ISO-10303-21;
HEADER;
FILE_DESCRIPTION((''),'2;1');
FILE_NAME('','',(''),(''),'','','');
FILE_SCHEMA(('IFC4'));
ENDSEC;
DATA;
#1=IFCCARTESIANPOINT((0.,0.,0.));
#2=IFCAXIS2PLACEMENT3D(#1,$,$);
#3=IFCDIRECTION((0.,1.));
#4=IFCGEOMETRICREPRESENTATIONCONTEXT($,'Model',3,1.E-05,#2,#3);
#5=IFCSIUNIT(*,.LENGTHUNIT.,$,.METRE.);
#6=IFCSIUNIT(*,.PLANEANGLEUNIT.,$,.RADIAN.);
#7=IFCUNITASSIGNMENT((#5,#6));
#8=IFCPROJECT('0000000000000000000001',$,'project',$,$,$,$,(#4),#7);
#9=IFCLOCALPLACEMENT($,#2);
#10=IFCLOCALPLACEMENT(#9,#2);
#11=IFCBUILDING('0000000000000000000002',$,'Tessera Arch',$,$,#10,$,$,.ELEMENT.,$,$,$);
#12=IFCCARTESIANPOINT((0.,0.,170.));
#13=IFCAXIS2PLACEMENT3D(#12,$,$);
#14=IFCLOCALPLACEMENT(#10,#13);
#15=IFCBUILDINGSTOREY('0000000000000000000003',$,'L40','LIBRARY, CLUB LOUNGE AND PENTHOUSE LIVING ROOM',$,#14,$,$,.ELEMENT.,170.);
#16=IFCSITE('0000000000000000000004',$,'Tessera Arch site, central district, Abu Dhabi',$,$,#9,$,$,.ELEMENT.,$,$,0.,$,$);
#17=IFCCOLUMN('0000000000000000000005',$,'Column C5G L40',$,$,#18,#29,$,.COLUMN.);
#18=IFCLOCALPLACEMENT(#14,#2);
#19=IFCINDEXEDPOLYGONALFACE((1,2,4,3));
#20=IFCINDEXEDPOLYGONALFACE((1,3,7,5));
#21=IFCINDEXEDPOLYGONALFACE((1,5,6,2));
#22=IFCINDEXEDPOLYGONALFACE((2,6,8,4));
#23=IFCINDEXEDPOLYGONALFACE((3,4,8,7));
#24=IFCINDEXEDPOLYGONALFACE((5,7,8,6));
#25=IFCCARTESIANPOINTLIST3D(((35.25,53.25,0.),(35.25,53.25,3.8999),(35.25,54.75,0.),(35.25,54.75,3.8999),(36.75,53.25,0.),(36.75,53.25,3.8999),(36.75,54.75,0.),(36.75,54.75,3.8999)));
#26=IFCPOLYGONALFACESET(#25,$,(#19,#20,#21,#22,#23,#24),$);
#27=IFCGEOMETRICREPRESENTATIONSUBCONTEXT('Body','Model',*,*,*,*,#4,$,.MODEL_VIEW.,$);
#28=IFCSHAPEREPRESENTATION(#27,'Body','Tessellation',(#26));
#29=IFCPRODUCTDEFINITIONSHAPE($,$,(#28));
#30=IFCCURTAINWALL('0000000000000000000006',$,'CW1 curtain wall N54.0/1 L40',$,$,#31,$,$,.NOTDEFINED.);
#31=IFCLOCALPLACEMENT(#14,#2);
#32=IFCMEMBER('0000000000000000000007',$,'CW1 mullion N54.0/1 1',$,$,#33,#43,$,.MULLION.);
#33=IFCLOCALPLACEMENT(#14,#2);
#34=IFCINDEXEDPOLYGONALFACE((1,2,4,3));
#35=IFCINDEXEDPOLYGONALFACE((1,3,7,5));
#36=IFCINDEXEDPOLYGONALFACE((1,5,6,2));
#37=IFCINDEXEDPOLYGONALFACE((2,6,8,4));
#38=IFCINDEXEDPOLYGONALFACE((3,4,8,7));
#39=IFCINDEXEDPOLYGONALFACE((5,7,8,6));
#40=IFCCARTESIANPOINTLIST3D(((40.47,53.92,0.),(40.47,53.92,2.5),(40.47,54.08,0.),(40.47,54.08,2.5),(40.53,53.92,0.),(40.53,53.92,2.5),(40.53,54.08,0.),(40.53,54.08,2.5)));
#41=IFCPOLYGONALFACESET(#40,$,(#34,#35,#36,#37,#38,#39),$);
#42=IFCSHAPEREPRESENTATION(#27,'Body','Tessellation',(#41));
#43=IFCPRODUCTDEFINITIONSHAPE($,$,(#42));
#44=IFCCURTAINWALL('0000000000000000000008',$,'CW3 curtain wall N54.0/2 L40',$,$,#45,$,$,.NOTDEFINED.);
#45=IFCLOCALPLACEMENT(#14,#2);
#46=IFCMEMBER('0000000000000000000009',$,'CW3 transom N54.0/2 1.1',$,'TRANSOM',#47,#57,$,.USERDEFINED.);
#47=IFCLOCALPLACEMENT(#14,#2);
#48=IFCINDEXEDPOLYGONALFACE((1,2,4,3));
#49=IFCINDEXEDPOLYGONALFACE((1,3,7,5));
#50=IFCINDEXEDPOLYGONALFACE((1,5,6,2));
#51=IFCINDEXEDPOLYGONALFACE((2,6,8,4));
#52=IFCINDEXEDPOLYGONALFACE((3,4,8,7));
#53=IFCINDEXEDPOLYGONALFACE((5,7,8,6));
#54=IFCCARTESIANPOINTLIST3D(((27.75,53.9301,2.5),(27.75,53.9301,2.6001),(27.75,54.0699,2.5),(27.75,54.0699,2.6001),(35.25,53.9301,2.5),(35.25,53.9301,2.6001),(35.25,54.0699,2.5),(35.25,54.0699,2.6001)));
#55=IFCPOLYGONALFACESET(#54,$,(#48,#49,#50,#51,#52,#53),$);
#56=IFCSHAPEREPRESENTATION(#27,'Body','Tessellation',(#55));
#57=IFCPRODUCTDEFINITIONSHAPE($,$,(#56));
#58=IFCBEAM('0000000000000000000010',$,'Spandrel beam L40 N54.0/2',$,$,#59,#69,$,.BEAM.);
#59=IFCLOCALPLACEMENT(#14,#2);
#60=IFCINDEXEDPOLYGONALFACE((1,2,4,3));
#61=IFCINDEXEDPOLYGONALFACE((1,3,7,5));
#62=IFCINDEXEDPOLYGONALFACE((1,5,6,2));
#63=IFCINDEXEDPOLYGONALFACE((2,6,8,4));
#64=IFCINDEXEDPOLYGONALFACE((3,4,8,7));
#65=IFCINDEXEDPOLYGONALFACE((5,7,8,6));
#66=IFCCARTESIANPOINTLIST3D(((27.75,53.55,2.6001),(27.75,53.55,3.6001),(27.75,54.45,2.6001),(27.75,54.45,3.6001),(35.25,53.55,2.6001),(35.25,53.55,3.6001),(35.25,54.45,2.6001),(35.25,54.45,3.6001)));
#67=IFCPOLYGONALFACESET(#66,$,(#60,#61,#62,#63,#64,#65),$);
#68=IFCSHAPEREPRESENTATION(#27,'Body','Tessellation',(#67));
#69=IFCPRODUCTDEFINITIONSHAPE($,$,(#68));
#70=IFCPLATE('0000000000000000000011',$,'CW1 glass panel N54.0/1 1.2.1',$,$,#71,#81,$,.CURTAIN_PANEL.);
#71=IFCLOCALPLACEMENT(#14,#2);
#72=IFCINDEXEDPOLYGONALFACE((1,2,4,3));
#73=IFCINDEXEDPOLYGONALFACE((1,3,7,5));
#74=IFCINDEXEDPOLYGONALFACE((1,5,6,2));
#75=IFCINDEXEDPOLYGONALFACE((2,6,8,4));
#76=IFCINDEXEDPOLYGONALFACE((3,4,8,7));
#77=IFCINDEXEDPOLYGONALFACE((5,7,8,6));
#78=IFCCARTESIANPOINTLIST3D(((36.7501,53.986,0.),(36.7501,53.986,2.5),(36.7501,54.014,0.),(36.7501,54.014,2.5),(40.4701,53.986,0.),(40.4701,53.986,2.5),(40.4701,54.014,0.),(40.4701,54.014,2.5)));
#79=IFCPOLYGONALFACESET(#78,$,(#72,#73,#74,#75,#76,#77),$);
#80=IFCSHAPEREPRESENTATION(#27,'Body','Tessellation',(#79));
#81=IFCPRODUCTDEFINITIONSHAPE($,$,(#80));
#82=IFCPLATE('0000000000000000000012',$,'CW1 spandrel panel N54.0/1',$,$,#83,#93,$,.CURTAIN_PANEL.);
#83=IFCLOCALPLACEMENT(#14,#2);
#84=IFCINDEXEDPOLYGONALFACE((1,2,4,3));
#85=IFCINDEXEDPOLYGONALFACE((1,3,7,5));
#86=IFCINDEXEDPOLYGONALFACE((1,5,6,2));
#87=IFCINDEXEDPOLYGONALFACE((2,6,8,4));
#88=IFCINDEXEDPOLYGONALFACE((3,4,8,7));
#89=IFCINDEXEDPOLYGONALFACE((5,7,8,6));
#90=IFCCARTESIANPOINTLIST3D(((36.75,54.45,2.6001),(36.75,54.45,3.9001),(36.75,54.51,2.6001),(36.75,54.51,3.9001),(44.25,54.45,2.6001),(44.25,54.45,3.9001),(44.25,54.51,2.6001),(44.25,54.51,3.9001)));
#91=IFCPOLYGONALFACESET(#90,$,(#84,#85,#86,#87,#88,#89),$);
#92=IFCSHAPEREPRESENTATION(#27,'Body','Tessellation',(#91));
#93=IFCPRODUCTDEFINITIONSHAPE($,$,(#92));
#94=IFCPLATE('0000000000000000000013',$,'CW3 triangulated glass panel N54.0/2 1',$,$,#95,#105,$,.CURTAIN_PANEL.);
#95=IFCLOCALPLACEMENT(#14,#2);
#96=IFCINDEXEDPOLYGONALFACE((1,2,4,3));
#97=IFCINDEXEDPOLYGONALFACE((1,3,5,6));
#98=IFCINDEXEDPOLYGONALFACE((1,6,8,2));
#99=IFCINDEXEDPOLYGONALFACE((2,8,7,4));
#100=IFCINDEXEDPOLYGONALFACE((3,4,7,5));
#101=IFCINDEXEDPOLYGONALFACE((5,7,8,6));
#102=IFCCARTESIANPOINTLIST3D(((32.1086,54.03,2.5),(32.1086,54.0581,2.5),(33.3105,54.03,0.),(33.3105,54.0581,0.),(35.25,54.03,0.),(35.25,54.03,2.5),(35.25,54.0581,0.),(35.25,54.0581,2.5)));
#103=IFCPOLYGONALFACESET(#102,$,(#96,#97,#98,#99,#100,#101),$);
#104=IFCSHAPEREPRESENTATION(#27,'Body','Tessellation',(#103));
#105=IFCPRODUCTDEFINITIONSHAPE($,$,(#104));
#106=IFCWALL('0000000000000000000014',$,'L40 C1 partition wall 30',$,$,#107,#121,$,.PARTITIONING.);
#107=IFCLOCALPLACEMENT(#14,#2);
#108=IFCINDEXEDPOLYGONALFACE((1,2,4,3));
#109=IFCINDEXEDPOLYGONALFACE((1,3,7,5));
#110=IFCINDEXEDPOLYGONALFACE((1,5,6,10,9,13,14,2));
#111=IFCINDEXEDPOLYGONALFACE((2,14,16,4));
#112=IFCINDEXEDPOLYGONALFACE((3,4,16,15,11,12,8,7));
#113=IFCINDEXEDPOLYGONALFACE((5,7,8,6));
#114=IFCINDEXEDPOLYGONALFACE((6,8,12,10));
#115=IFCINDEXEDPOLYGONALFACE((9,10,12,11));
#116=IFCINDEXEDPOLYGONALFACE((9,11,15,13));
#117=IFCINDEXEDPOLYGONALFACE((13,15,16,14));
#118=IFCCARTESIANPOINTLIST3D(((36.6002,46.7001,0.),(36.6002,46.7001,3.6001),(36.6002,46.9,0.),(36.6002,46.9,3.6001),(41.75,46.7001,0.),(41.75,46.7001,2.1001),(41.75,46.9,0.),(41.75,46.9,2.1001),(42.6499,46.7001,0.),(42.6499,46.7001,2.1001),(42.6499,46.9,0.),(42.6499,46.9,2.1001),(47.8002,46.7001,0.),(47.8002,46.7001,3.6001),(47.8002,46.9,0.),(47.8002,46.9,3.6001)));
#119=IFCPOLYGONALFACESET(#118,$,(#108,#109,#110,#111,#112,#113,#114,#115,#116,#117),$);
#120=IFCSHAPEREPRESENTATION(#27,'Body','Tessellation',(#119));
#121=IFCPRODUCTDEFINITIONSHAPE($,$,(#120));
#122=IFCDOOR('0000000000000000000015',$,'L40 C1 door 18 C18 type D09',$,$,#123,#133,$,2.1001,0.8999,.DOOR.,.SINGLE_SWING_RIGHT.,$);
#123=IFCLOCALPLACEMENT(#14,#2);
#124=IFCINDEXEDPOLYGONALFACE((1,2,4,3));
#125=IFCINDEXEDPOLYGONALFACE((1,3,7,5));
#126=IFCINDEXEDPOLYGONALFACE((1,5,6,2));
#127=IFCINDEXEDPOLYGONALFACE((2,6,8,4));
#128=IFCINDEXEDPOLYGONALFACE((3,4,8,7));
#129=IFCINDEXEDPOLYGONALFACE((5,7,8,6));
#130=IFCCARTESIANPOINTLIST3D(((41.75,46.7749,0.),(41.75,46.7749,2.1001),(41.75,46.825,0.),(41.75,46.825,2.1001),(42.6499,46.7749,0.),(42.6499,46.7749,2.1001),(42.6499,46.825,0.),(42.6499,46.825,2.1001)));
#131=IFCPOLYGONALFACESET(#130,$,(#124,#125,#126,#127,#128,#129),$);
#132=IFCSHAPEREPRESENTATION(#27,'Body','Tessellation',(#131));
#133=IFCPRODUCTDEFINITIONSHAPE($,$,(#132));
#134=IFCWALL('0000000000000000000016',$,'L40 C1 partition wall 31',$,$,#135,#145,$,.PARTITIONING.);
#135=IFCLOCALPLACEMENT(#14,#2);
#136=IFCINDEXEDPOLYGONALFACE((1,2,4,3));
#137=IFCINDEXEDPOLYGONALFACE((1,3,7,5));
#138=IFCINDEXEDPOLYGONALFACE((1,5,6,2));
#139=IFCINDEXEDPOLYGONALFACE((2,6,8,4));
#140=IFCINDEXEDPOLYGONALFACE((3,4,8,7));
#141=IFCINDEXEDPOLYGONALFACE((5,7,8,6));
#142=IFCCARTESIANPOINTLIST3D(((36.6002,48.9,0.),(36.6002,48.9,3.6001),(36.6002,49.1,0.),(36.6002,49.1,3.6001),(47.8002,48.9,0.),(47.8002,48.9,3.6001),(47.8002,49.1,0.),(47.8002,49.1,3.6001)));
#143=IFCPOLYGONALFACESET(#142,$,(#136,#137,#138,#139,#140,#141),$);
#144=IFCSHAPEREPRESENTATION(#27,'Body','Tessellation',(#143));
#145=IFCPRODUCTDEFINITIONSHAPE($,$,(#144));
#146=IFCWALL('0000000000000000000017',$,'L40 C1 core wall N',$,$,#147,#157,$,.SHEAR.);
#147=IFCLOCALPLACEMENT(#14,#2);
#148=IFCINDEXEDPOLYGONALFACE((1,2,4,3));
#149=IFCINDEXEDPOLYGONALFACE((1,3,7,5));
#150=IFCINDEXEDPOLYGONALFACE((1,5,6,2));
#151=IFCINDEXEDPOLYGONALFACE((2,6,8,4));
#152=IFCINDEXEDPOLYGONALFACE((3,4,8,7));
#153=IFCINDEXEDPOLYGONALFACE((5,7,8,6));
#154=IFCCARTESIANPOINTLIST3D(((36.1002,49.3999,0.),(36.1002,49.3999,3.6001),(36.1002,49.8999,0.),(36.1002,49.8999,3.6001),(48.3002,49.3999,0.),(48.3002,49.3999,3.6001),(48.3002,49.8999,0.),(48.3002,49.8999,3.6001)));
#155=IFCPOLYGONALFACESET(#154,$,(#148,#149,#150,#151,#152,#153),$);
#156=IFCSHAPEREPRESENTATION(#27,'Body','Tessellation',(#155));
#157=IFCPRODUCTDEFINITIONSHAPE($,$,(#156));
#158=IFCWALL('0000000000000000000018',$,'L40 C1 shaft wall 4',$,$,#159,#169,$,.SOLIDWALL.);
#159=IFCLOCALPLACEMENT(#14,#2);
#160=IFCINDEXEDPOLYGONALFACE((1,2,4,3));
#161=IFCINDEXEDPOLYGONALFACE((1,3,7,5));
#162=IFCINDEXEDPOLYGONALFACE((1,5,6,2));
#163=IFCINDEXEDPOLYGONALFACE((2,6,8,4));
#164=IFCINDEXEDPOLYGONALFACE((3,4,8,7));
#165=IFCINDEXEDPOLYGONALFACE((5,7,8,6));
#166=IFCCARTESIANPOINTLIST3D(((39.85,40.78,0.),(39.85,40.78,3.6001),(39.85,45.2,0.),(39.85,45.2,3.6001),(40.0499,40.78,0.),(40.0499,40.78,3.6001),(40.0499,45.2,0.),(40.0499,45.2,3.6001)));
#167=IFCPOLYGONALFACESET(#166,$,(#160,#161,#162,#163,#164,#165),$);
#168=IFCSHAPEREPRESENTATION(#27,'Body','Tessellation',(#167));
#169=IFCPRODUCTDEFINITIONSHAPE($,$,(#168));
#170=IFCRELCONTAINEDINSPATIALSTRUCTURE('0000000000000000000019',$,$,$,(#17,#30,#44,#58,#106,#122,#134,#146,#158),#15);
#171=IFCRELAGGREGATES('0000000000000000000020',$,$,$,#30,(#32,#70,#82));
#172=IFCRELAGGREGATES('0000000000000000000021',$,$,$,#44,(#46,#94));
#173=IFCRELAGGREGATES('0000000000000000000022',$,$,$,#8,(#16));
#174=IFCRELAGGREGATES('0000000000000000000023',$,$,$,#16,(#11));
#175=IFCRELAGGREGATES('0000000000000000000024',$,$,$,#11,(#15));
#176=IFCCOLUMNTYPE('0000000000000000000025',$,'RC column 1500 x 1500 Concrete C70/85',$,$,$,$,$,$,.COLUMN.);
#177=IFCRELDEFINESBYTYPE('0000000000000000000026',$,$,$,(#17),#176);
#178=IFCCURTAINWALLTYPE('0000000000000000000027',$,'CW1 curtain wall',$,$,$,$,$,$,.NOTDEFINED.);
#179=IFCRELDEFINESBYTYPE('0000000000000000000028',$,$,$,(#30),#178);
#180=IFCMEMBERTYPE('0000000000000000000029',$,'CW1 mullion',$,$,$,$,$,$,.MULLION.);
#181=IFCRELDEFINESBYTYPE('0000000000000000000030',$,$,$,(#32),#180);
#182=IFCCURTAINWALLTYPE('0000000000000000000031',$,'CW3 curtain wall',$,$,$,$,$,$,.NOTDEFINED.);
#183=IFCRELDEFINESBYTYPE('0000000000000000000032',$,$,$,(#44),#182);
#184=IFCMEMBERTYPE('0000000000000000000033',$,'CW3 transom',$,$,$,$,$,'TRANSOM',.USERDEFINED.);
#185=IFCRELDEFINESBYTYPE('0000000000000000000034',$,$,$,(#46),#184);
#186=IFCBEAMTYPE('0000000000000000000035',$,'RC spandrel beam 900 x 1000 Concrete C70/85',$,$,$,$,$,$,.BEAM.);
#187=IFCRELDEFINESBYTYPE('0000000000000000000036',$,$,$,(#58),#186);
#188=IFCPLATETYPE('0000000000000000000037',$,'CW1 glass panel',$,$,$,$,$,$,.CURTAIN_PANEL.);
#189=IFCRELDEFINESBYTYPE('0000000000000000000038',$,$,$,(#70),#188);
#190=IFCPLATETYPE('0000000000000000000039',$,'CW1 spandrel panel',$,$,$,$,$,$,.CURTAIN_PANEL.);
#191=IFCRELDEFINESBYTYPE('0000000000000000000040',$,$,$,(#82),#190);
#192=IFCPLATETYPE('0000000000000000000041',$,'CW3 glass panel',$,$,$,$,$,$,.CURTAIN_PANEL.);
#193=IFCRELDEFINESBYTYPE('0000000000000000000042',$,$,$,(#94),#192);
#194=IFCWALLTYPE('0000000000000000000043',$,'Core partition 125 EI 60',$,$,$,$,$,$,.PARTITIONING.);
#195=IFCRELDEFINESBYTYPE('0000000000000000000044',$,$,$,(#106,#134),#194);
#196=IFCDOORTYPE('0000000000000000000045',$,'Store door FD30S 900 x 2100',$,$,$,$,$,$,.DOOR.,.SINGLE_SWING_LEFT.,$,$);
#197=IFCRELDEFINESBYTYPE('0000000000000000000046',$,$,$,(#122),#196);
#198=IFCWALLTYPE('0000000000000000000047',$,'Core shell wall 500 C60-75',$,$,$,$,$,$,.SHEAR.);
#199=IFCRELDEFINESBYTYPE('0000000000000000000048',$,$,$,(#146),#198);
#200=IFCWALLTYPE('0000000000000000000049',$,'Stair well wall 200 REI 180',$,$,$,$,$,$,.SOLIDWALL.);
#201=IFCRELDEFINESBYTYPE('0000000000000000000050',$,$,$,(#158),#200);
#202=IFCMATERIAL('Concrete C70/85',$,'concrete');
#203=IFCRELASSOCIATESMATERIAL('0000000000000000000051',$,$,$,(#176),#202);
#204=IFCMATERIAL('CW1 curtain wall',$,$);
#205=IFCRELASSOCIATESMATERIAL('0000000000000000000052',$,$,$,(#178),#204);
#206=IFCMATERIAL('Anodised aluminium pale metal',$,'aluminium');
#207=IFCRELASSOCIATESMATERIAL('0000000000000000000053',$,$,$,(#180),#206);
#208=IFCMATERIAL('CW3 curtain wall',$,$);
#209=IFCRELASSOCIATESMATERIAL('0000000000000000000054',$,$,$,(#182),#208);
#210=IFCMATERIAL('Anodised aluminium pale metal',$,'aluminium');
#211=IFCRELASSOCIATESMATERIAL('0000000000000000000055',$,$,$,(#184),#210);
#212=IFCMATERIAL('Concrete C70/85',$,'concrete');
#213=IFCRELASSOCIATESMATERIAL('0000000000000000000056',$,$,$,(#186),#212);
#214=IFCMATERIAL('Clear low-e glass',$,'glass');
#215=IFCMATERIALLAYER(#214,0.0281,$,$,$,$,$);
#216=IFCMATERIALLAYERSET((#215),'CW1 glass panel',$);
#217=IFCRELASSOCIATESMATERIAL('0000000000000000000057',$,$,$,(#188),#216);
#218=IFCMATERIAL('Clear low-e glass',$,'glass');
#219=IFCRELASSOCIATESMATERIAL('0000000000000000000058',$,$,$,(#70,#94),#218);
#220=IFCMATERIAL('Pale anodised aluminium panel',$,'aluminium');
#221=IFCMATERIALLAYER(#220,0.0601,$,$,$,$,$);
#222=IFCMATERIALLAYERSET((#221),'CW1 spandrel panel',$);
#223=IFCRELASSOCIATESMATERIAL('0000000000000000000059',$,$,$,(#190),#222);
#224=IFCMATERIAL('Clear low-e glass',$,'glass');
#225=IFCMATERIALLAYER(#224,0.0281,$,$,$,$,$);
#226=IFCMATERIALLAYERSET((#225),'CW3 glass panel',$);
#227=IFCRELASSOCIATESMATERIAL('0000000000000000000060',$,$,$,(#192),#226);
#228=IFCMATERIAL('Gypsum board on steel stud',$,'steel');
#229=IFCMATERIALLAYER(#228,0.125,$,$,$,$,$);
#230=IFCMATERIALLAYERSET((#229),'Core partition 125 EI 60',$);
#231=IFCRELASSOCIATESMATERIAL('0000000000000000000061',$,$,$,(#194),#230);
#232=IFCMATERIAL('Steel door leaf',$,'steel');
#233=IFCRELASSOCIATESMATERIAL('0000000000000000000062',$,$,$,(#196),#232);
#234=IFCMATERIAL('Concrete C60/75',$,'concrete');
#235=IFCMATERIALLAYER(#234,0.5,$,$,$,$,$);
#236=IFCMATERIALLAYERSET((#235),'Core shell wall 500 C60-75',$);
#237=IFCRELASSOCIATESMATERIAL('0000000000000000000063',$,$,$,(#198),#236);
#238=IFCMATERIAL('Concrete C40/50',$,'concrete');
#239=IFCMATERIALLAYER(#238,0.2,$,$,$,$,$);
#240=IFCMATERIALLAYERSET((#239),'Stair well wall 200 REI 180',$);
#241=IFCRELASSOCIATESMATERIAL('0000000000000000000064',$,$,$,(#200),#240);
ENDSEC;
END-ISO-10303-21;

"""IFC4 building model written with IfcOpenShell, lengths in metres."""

from ifc_helpers import new_model, si_unit, direction, frame, frame_2d, origin, origin_2d, place, context, subcontext, project, spatial, polyline, rectangle, outline, extrude, material, layer, layer_set, material_profile, profile_set, type_object, element, fill, aggregate, save


model = new_model("IFC4")

# Units and contexts
model_context = context("Model", 3, precision=1e-05, world=origin(), true_north=direction((0.0, 1.0)))
body_context = subcontext(model_context, "Body", "Model", "MODEL_VIEW")
ifc_project = project(units=[si_unit("LENGTHUNIT", "METRE"), si_unit("PLANEANGLEUNIT", "RADIAN")], contexts=[model_context])

# Site, building, storey
site_placement = place(None, origin())
site = spatial("IfcSite", under=ifc_project, at=site_placement, Name="Tessera Arch site, central district, Abu Dhabi", CompositionType="ELEMENT", RefElevation=0.0)
building_placement = place(site_placement, origin())
building = spatial("IfcBuilding", under=site, at=building_placement, Name="Tessera Arch", CompositionType="ELEMENT")
storey_placement = place(building_placement, frame((0.0, 0.0, 170.0)))
storey = spatial("IfcBuildingStorey", under=building, at=storey_placement, Name="L40", Description="LIBRARY, CLUB LOUNGE AND PENTHOUSE LIVING ROOM", CompositionType="ELEMENT", Elevation=170.0)

# Column
ifc_material_1 = material(Name="Concrete C70/85", Category="concrete")
ifc_material_profile_1 = material_profile(ifc_material_1, rectangle(XDim=1.5, YDim=1.5, at=origin_2d()), Name="RC column 1500 x 1500 Concrete C70/85")
ifc_profile_set_1 = profile_set([ifc_material_profile_1], Name="Concrete C70/85")
column_type = type_object("IfcColumnType", Name="RC column 1500 x 1500 Concrete C70/85", PredefinedType="COLUMN", material=ifc_profile_set_1)
column_placement = place(storey_placement, frame((36.0, 54.0, 0.0), z_axis=(0.0, 0.0, 1.0), x_axis=(1.0, 0.0, 0.0)))
element("IfcColumn", 1, at=column_placement, inside=storey, type_object=column_type, Name="Column C5G L40", PredefinedType="COLUMN", context=body_context, shape_type="SweptSolid", body=[
    extrude(rectangle(XDim=1.5, YDim=1.5, at=origin_2d()), origin(), (0.0, 0.0, 1.0), 3.8999),
])

# Curtain walls, members
ifc_material_2 = material(Name="CW1 curtain wall")
curtain_wall_type_1 = type_object("IfcCurtainWallType", Name="CW1 curtain wall", PredefinedType="NOTDEFINED", material=ifc_material_2)
curtain_wall_1_placement = place(storey_placement, origin())
curtain_wall_1 = element("IfcCurtainWall", 2, at=curtain_wall_1_placement, inside=storey, type_object=curtain_wall_type_1, Name="CW1 curtain wall N54.0/1 L40", PredefinedType="NOTDEFINED")
ifc_material_3 = material(Name="Anodised aluminium pale metal", Category="aluminium")
ifc_material_profile_2 = material_profile(ifc_material_3, rectangle(XDim=0.1599, YDim=0.0601, at=origin_2d()), Name="AL 60x160")
ifc_profile_set_2 = profile_set([ifc_material_profile_2], Name="Anodised aluminium pale metal")
member_type_1 = type_object("IfcMemberType", Name="CW1 mullion", PredefinedType="MULLION", material=ifc_profile_set_2)
member_1_placement = place(storey_placement, frame((40.5, 54.0, 0.0), z_axis=(0.0, 0.0, 1.0), x_axis=(0.0, -1.0, 0.0)))
member_1 = element("IfcMember", 3, at=member_1_placement, type_object=member_type_1, Name="CW1 mullion N54.0/1 1", PredefinedType="MULLION", context=body_context, shape_type="SweptSolid", body=[
    extrude(rectangle(XDim=0.1599, YDim=0.0601, at=origin_2d()), origin(), (0.0, 0.0, 1.0), 2.5),
])
ifc_material_4 = material(Name="CW3 curtain wall")
curtain_wall_type_2 = type_object("IfcCurtainWallType", Name="CW3 curtain wall", PredefinedType="NOTDEFINED", material=ifc_material_4)
curtain_wall_2_placement = place(storey_placement, origin())
curtain_wall_2 = element("IfcCurtainWall", 4, at=curtain_wall_2_placement, inside=storey, type_object=curtain_wall_type_2, Name="CW3 curtain wall N54.0/2 L40", PredefinedType="NOTDEFINED")
ifc_material_5 = material(Name="Anodised aluminium pale metal", Category="aluminium")
ifc_material_profile_3 = material_profile(ifc_material_5, rectangle(XDim=0.1399, YDim=0.1001, at=origin_2d()), Name="AL 140x100")
ifc_profile_set_3 = profile_set([ifc_material_profile_3], Name="Anodised aluminium pale metal")
member_type_2 = type_object("IfcMemberType", Name="CW3 transom", ElementType="TRANSOM", PredefinedType="USERDEFINED", material=ifc_profile_set_3)
member_2_placement = place(storey_placement, frame((35.25, 54.0, 2.55), z_axis=(-1.0, 0.0, 0.0), x_axis=(0.0, -1.0, 0.0)))
member_2 = element("IfcMember", 5, at=member_2_placement, type_object=member_type_2, Name="CW3 transom N54.0/2 1.1", ObjectType="TRANSOM", PredefinedType="USERDEFINED", context=body_context, shape_type="SweptSolid", body=[
    extrude(rectangle(XDim=0.1399, YDim=0.1001, at=origin_2d()), origin(), (0.0, 0.0, 1.0), 7.5),
])

# Beam
ifc_material_6 = material(Name="Concrete C70/85", Category="concrete")
ifc_material_profile_4 = material_profile(ifc_material_6, rectangle(XDim=0.8999, YDim=1.0, at=origin_2d()), Name="RC spandrel beam 900 x 1000 Concrete C70/85")
ifc_profile_set_4 = profile_set([ifc_material_profile_4], Name="Concrete C70/85")
beam_type = type_object("IfcBeamType", Name="RC spandrel beam 900 x 1000 Concrete C70/85", PredefinedType="BEAM", material=ifc_profile_set_4)
beam_placement = place(storey_placement, frame((35.25, 54.0, 3.1001), z_axis=(-1.0, 0.0, 0.0), x_axis=(0.0, -1.0, 0.0)))
element("IfcBeam", 6, at=beam_placement, inside=storey, type_object=beam_type, Name="Spandrel beam L40 N54.0/2", PredefinedType="BEAM", context=body_context, shape_type="SweptSolid", body=[
    extrude(rectangle(XDim=0.8999, YDim=1.0, at=origin_2d()), origin(), (0.0, 0.0, 1.0), 7.5),
])

# Plates
ifc_material_7 = material(Name="Clear low-e glass", Category="glass")
ifc_material_8 = material(Name="Clear low-e glass", Category="glass")
ifc_layer_1 = layer(ifc_material_8, 0.0281)
ifc_layer_set_1 = layer_set([ifc_layer_1], Name="CW1 glass panel")
plate_type_1 = type_object("IfcPlateType", Name="CW1 glass panel", PredefinedType="CURTAIN_PANEL", material=ifc_layer_set_1)
plate_1_placement = place(storey_placement, frame((38.6101, 54.0, 0.0), z_axis=(0.0, 0.0, 1.0), x_axis=(-1.0, 0.0, 0.0)))
plate_1 = element("IfcPlate", 7, at=plate_1_placement, type_object=plate_type_1, material=ifc_material_7, Name="CW1 glass panel N54.0/1 1.2.1", PredefinedType="CURTAIN_PANEL", context=body_context, shape_type="SweptSolid", body=[
    extrude(rectangle(XDim=3.72, YDim=0.0281, at=origin_2d()), origin(), (0.0, 0.0, 1.0), 2.5),
])
ifc_material_9 = material(Name="Pale anodised aluminium panel", Category="aluminium")
ifc_layer_2 = layer(ifc_material_9, 0.0601)
ifc_layer_set_2 = layer_set([ifc_layer_2], Name="CW1 spandrel panel")
plate_type_2 = type_object("IfcPlateType", Name="CW1 spandrel panel", PredefinedType="CURTAIN_PANEL", material=ifc_layer_set_2)
plate_2_placement = place(storey_placement, frame((40.5, 54.48, 2.6001), z_axis=(0.0, 0.0, 1.0), x_axis=(-1.0, 0.0, 0.0)))
plate_2 = element("IfcPlate", 8, at=plate_2_placement, type_object=plate_type_2, Name="CW1 spandrel panel N54.0/1", PredefinedType="CURTAIN_PANEL", context=body_context, shape_type="SweptSolid", body=[
    extrude(rectangle(XDim=7.5, YDim=0.0601, at=origin_2d()), origin(), (0.0, 0.0, 1.0), 1.3),
])
aggregate(curtain_wall_1, [member_1, plate_1, plate_2])
ifc_material_10 = material(Name="Clear low-e glass", Category="glass")
ifc_layer_3 = layer(ifc_material_10, 0.0281)
ifc_layer_set_3 = layer_set([ifc_layer_3], Name="CW3 glass panel")
plate_type_3 = type_object("IfcPlateType", Name="CW3 glass panel", PredefinedType="CURTAIN_PANEL", material=ifc_layer_set_3)
plate_3_placement = place(storey_placement, frame((35.25, 54.0581, 0.0), z_axis=(0.0, 1.0, 0.0), x_axis=(-1.0, 0.0, 0.0)))
plate_3 = element("IfcPlate", 9, at=plate_3_placement, type_object=plate_type_3, material=ifc_material_7, Name="CW3 triangulated glass panel N54.0/2 1", PredefinedType="CURTAIN_PANEL", context=body_context, shape_type="SweptSolid", body=[
    extrude(outline(polyline([(0.0, 0.0), (1.9395, 0.0), (3.1414, 2.5), (0.0, 2.5), (0.0, 0.0)])), origin(), (0.0, 0.0, -1.0), 0.0281),
])
aggregate(curtain_wall_2, [member_2, plate_3])

# Wall, opening, door
ifc_material_11 = material(Name="Gypsum board on steel stud", Category="steel")
ifc_layer_4 = layer(ifc_material_11, 0.125)
ifc_layer_set_4 = layer_set([ifc_layer_4], Name="Core partition 125 EI 60")
wall_type_1 = type_object("IfcWallType", Name="Core partition 125 EI 60", PredefinedType="PARTITIONING", material=ifc_layer_set_4)
wall_1_placement = place(storey_placement, frame((36.6001, 46.8, 0.0), z_axis=(0.0, 0.0, 1.0), x_axis=(1.0, 0.0, 0.0)))
wall_1 = element("IfcWall", 10, at=wall_1_placement, inside=storey, type_object=wall_type_1, Name="L40 C1 partition wall 30", PredefinedType="PARTITIONING", context=body_context, shape_type="SweptSolid", body=[
    extrude(rectangle(XDim=11.2, YDim=0.2, at=frame_2d((5.6001, 0.0))), origin(), (0.0, 0.0, 1.0), 3.6001),
])
opening_1_placement = place(wall_1_placement, frame((5.1499, 0.0, 0.0)))
opening_1 = element("IfcOpeningElement", 11, at=opening_1_placement, cuts=wall_1, PredefinedType="OPENING", context=body_context, shape_type="SweptSolid", body=[
    extrude(rectangle(XDim=0.8999, YDim=2.1001, at=frame_2d((0.45, 1.05))), frame((0.0, 0.1099, 0.0), z_axis=(0.0, -1.0, 0.0), x_axis=(1.0, 0.0, 0.0)), (0.0, 0.0, 1.0), 0.22),
])
ifc_material_12 = material(Name="Steel door leaf", Category="steel")
door_type_1 = type_object("IfcDoorType", Name="Store door FD30S 900 x 2100", OperationType="SINGLE_SWING_LEFT", PredefinedType="DOOR", material=ifc_material_12)
door_1_placement = place(opening_1_placement, origin())
door_1 = element("IfcDoor", 12, at=door_1_placement, inside=storey, type_object=door_type_1, Name="L40 C1 door 18 C18 type D09", OperationType="SINGLE_SWING_RIGHT", OverallHeight=2.1001, OverallWidth=0.8999, PredefinedType="DOOR", context=body_context, shape_type="SweptSolid", body=[
    extrude(rectangle(XDim=0.8999, YDim=2.1001, at=frame_2d((0.45, 1.05))), frame((0.0, 0.0249, 0.0), z_axis=(0.0, -1.0, 0.0), x_axis=(1.0, 0.0, 0.0)), (0.0, 0.0, 1.0), 0.05),
])
fill(opening_1, door_1)

# Walls
wall_2_placement = place(storey_placement, frame((36.6001, 49.0, 0.0), z_axis=(0.0, 0.0, 1.0), x_axis=(1.0, 0.0, 0.0)))
element("IfcWall", 13, at=wall_2_placement, inside=storey, type_object=wall_type_1, Name="L40 C1 partition wall 31", PredefinedType="PARTITIONING", context=body_context, shape_type="SweptSolid", body=[
    extrude(rectangle(XDim=11.2, YDim=0.2, at=frame_2d((5.6001, 0.0))), origin(), (0.0, 0.0, 1.0), 3.6001),
])
ifc_material_13 = material(Name="Concrete C60/75", Category="concrete")
ifc_layer_5 = layer(ifc_material_13, 0.5)
ifc_layer_set_5 = layer_set([ifc_layer_5], Name="Core shell wall 500 C60-75")
wall_type_2 = type_object("IfcWallType", Name="Core shell wall 500 C60-75", PredefinedType="SHEAR", material=ifc_layer_set_5)
wall_3_placement = place(storey_placement, frame((36.1001, 49.6499, 0.0), z_axis=(0.0, 0.0, 1.0), x_axis=(1.0, 0.0, 0.0)))
element("IfcWall", 14, at=wall_3_placement, inside=storey, type_object=wall_type_2, Name="L40 C1 core wall N", PredefinedType="SHEAR", context=body_context, shape_type="SweptSolid", body=[
    extrude(rectangle(XDim=12.2, YDim=0.5, at=frame_2d((6.1001, 0.0))), origin(), (0.0, 0.0, 1.0), 3.6001),
])
ifc_material_14 = material(Name="Concrete C40/50", Category="concrete")
ifc_layer_6 = layer(ifc_material_14, 0.2)
ifc_layer_set_6 = layer_set([ifc_layer_6], Name="Stair well wall 200 REI 180")
wall_type_3 = type_object("IfcWallType", Name="Stair well wall 200 REI 180", PredefinedType="SOLIDWALL", material=ifc_layer_set_6)
wall_4_placement = place(storey_placement, frame((39.95, 40.78, 0.0), z_axis=(0.0, 0.0, 1.0), x_axis=(0.0, 1.0, 0.0)))
element("IfcWall", 15, at=wall_4_placement, inside=storey, type_object=wall_type_3, Name="L40 C1 shaft wall 4", PredefinedType="SOLIDWALL", context=body_context, shape_type="SweptSolid", body=[
    extrude(rectangle(XDim=4.4199, YDim=0.2, at=frame_2d((2.21, 0.0))), origin(), (0.0, 0.0, 1.0), 3.6001),
])

save(model, "model.ifc")
